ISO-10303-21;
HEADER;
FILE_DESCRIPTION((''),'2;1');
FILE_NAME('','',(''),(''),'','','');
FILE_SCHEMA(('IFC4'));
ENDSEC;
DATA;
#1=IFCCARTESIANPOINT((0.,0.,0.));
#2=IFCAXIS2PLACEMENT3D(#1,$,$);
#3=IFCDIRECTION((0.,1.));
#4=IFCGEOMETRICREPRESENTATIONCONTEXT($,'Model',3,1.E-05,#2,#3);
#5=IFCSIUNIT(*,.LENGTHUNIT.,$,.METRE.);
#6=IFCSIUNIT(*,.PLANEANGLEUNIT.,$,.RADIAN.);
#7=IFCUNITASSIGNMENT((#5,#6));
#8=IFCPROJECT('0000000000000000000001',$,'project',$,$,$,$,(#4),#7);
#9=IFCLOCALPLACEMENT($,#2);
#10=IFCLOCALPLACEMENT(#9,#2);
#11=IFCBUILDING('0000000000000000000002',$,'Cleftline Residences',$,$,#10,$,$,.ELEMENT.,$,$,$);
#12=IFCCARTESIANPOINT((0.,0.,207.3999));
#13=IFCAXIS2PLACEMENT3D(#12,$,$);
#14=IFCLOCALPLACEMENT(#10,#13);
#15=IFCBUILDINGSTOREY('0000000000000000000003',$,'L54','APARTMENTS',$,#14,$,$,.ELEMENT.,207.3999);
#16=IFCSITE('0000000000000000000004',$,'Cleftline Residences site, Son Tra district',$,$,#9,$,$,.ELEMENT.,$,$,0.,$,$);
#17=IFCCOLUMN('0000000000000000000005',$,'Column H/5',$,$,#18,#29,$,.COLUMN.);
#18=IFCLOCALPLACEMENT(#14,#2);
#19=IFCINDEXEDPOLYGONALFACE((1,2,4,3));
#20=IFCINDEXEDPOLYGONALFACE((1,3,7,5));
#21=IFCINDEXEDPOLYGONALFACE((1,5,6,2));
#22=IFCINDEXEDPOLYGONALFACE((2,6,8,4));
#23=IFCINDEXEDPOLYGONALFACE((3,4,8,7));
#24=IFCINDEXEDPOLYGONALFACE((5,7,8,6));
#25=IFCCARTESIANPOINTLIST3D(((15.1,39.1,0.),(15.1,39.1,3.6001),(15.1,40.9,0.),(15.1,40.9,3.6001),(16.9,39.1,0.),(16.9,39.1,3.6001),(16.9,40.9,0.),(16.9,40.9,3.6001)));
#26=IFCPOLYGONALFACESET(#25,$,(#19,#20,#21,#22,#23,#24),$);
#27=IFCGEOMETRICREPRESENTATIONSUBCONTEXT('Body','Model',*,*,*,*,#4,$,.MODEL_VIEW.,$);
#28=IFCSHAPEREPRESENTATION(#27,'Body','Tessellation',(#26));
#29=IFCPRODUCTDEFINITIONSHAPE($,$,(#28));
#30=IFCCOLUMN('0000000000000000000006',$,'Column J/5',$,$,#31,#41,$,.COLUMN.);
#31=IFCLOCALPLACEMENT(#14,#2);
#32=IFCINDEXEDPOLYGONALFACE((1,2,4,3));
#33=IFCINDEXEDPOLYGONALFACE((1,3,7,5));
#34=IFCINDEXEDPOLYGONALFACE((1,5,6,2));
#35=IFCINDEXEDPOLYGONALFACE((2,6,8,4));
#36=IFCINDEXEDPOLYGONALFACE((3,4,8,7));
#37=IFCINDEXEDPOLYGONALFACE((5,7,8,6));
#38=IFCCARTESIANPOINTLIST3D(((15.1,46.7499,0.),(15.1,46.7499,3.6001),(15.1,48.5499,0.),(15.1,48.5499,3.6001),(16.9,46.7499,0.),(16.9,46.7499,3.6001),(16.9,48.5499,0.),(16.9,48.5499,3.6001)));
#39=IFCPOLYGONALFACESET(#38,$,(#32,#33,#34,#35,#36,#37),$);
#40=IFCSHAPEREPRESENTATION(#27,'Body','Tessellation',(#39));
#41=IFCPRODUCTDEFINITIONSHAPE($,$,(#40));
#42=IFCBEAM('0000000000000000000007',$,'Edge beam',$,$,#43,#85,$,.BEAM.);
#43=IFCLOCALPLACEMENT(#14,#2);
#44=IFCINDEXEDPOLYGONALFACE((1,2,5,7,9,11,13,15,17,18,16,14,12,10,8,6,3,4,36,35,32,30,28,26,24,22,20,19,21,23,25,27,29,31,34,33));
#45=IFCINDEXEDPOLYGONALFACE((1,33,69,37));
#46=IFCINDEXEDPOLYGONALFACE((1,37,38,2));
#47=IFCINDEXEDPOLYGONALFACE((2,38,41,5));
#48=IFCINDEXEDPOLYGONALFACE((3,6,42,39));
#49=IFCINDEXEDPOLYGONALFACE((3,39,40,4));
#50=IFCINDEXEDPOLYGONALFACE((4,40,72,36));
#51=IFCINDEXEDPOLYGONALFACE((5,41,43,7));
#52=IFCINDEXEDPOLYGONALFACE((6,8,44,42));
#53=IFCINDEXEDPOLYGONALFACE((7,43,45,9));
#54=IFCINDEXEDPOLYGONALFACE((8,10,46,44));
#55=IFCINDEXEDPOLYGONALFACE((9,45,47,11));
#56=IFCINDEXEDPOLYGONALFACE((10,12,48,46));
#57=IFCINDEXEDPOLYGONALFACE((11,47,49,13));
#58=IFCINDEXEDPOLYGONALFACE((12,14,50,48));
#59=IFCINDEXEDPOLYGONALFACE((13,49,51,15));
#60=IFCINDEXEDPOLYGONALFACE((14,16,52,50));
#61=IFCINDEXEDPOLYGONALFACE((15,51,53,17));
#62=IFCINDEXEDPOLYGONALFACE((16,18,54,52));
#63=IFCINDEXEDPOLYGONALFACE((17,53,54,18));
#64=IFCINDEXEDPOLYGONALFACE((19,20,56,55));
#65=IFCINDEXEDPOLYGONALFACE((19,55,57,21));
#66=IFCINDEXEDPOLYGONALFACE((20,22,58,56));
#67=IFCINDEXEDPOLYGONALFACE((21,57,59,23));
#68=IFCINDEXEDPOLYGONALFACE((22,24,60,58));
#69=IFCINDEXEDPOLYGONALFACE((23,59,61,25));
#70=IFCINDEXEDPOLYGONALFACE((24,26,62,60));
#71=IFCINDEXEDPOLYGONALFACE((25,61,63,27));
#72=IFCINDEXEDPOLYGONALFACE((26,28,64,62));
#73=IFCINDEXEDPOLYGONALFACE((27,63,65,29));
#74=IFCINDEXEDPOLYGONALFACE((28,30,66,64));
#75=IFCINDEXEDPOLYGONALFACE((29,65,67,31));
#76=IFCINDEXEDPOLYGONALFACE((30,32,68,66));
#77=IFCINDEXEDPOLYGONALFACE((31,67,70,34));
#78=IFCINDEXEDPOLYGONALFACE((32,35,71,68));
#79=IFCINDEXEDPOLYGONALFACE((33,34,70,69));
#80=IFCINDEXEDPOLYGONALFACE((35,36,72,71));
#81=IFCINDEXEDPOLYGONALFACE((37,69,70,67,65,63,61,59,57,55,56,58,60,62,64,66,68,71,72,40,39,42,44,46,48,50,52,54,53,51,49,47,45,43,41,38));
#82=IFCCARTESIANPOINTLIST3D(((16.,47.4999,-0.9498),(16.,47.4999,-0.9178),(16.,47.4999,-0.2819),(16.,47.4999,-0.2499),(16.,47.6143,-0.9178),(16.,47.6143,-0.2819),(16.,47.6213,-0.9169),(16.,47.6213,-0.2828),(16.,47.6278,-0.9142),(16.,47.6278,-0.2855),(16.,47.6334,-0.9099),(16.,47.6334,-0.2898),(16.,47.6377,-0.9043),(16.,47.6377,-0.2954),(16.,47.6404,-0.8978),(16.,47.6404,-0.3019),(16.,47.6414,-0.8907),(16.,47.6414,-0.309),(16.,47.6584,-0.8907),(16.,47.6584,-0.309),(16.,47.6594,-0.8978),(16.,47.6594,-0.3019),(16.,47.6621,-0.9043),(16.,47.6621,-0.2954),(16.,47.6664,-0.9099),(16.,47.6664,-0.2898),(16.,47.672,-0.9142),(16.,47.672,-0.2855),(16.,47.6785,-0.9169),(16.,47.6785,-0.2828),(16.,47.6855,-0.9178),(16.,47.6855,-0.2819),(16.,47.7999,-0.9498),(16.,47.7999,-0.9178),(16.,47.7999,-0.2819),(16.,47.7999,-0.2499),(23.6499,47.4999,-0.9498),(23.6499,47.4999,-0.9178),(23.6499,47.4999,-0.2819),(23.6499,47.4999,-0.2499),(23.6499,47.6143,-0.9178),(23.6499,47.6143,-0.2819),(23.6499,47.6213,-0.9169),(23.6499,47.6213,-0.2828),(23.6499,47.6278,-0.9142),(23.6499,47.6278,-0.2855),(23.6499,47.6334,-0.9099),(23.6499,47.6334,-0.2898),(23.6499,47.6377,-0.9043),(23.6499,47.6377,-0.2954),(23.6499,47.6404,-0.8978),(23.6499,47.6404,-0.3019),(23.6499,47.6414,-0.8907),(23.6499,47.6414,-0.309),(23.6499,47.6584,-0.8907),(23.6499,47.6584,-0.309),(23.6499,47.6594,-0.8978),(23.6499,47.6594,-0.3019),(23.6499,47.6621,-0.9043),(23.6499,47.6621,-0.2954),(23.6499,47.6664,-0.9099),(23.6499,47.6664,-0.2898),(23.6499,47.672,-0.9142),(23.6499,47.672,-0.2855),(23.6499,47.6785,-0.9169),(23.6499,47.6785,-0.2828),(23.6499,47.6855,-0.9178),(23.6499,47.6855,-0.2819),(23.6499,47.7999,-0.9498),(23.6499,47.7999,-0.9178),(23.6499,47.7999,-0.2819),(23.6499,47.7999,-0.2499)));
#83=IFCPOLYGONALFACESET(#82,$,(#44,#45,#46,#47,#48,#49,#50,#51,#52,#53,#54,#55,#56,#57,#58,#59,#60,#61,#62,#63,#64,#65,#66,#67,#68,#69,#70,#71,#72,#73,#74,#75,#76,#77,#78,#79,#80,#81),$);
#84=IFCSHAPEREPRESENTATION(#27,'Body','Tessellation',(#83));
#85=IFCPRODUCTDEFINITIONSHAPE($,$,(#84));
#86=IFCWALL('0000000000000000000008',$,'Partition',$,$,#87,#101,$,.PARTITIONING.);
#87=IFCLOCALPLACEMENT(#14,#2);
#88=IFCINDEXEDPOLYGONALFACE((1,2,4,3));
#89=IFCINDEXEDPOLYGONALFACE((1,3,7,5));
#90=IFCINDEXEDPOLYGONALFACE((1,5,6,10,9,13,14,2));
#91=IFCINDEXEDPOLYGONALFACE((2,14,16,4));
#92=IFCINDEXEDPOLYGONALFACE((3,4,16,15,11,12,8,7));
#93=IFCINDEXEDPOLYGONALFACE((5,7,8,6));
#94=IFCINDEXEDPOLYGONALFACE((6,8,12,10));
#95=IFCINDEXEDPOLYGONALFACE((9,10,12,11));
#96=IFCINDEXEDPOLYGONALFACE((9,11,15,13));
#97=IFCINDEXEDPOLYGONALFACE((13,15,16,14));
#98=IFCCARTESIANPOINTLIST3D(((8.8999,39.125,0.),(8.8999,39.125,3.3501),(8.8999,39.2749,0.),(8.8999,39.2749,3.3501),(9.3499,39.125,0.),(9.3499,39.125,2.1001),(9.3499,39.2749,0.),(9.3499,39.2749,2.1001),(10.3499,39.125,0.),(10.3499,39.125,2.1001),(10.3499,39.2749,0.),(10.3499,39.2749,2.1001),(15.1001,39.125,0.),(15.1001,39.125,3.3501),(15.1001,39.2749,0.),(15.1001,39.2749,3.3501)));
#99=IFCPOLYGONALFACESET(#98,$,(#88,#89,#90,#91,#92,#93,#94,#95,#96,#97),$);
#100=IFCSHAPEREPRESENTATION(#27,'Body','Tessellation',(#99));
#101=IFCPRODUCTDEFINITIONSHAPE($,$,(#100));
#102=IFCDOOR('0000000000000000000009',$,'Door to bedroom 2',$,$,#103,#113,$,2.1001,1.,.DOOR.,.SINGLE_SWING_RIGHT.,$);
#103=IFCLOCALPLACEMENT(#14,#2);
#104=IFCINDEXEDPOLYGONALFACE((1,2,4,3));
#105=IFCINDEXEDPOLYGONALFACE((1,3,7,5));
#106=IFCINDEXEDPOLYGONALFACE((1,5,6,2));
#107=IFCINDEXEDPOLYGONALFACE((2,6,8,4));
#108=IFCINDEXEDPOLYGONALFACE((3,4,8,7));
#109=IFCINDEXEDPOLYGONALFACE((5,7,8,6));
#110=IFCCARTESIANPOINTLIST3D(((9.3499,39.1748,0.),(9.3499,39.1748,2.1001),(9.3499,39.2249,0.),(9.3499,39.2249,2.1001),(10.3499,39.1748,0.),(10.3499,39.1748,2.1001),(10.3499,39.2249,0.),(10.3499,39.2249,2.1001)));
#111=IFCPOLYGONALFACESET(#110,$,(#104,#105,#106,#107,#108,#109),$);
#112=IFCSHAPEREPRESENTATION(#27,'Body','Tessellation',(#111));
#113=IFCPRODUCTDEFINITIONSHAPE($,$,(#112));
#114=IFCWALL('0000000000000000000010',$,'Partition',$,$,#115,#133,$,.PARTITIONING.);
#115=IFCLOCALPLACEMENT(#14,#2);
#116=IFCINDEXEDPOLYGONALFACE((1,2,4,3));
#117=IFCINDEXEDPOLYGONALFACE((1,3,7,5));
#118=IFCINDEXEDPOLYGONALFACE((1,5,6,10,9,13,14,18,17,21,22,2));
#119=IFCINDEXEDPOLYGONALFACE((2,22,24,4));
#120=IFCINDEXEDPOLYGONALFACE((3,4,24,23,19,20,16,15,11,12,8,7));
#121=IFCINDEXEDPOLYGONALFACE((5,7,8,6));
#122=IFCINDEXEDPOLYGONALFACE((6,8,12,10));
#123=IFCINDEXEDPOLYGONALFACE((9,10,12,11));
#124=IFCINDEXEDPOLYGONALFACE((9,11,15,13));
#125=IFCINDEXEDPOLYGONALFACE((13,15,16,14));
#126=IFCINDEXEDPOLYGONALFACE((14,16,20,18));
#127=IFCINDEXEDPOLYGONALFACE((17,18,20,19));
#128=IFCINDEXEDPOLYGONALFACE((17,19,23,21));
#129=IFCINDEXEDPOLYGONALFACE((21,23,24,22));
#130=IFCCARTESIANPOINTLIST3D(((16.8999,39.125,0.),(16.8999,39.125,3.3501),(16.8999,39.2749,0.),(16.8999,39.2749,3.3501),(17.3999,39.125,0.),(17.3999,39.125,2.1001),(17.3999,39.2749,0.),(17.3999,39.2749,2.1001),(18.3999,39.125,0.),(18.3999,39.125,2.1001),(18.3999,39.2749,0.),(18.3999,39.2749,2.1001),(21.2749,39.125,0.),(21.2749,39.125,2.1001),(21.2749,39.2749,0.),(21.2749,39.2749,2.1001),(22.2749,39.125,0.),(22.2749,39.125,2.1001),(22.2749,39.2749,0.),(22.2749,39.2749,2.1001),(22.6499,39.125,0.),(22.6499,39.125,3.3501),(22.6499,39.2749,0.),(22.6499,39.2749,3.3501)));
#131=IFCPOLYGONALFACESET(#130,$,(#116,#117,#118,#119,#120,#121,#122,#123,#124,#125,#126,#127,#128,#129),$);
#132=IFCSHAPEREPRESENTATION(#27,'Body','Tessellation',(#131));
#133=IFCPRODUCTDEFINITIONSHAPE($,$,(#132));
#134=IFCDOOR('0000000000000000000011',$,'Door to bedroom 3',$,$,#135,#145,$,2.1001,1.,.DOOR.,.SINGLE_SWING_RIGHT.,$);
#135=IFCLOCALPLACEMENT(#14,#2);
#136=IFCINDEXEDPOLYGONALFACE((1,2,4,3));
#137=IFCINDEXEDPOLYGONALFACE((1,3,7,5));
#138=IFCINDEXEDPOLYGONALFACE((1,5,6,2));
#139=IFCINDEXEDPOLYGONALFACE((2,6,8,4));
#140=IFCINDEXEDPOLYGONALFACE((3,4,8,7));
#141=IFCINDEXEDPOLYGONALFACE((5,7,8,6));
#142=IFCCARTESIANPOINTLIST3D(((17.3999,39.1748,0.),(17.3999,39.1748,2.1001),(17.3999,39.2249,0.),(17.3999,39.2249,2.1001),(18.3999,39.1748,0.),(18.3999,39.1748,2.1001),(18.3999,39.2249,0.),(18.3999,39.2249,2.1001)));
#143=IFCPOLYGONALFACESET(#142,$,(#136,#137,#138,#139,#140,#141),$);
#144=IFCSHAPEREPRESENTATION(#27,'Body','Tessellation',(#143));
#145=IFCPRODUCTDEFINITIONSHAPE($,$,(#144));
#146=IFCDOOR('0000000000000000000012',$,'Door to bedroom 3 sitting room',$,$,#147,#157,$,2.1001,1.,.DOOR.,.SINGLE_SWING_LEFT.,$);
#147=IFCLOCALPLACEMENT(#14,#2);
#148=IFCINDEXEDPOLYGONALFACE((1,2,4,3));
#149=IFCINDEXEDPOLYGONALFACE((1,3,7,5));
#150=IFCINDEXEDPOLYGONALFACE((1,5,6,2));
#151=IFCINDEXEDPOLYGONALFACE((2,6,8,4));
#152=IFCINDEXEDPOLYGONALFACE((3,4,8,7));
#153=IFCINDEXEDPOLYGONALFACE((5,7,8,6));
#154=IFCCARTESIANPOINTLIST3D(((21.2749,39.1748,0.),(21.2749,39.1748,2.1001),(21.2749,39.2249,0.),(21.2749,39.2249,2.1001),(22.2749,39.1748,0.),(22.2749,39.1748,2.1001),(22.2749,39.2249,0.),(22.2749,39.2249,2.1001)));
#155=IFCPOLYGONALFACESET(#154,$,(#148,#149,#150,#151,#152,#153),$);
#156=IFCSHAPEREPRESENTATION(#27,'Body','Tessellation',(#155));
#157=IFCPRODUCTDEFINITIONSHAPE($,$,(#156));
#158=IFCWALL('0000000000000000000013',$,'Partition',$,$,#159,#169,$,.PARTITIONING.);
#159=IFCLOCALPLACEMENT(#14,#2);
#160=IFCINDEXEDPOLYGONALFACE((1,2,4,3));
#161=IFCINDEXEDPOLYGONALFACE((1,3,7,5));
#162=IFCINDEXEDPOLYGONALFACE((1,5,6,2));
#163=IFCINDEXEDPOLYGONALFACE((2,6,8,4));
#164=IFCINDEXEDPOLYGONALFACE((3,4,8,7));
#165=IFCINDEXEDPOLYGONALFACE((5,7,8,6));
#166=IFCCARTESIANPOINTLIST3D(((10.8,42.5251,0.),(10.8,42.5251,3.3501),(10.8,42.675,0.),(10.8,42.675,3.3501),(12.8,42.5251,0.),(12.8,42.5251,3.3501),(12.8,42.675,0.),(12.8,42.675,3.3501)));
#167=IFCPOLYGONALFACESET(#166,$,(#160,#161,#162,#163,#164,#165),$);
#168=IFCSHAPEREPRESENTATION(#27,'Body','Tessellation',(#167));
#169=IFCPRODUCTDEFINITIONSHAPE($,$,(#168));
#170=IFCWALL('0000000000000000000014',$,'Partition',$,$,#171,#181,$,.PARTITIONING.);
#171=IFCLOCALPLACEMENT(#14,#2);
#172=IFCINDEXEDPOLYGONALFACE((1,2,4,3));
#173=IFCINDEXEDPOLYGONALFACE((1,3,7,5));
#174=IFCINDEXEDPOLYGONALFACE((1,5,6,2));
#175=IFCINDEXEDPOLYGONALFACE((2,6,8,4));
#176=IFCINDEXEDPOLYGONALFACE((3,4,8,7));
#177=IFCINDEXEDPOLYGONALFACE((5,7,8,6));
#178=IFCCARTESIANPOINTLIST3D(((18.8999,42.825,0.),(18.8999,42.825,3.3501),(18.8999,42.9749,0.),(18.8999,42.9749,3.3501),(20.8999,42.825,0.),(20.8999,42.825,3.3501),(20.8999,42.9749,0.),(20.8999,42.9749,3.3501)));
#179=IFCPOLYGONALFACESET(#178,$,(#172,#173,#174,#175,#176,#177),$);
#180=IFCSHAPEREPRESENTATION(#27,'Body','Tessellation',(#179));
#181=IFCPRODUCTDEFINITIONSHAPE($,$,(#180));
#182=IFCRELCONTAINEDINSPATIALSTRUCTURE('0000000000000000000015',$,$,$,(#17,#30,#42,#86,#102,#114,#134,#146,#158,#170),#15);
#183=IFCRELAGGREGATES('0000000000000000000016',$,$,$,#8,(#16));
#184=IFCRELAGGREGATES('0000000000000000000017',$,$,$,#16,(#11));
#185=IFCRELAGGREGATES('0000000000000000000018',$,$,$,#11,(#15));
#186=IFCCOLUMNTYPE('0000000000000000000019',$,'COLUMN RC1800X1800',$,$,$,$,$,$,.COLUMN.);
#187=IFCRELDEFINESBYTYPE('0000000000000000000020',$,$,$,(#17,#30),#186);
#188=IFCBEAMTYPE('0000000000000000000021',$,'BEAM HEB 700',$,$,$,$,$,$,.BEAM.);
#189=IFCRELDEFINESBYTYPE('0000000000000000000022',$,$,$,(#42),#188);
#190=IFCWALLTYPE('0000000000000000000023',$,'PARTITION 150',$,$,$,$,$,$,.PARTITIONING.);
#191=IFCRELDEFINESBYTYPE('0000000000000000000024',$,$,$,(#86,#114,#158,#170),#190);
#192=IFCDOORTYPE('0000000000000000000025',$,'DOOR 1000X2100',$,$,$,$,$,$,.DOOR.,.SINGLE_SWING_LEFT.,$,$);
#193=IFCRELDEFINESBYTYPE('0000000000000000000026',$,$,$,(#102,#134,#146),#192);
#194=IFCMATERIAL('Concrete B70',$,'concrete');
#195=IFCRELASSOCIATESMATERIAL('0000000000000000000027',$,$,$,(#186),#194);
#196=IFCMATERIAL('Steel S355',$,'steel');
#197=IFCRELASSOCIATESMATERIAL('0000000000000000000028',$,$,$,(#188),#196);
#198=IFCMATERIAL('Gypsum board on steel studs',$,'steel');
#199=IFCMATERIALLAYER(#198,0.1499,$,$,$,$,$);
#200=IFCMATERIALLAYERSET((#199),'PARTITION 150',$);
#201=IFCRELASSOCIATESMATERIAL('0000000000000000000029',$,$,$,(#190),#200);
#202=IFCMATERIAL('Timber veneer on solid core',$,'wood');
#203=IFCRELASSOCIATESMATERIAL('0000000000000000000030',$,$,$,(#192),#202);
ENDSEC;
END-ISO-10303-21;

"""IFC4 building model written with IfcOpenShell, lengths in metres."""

from ifc_helpers import new_model, si_unit, direction, frame, frame_2d, origin, origin_2d, place, context, subcontext, project, spatial, rectangle, i_section, extrude, material, layer, layer_set, material_profile, profile_set, type_object, element, fill, save


model = new_model("IFC4")

# Units and contexts
model_context = context("Model", 3, precision=1e-05, world=origin(), true_north=direction((0.0, 1.0)))
body_context = subcontext(model_context, "Body", "Model", "MODEL_VIEW")
ifc_project = project(units=[si_unit("LENGTHUNIT", "METRE"), si_unit("PLANEANGLEUNIT", "RADIAN")], contexts=[model_context])

# Site, building, storey
site_placement = place(None, origin())
site = spatial("IfcSite", under=ifc_project, at=site_placement, Name="Cleftline Residences site, Son Tra district", CompositionType="ELEMENT", RefElevation=0.0)
building_placement = place(site_placement, origin())
building = spatial("IfcBuilding", under=site, at=building_placement, Name="Cleftline Residences", CompositionType="ELEMENT")
storey_placement = place(building_placement, frame((0.0, 0.0, 207.3999)))
storey = spatial("IfcBuildingStorey", under=building, at=storey_placement, Name="L54", Description="APARTMENTS", CompositionType="ELEMENT", Elevation=207.3999)

# Columns
ifc_material_1 = material(Name="Concrete B70", Category="concrete")
ifc_material_profile_1 = material_profile(ifc_material_1, rectangle(XDim=1.8, YDim=1.8, at=origin_2d()))
ifc_profile_set_1 = profile_set([ifc_material_profile_1], Name="Concrete B70")
column_type = type_object("IfcColumnType", Name="COLUMN RC1800X1800", PredefinedType="COLUMN", material=ifc_profile_set_1)
for number, where, z_axis, x_axis, name in (
    (1, (16.0, 40.0, 0.0), (0.0, 0.0, 1.0), (1.0, 0.0, 0.0), "Column H/5"),
    (2, (16.0, 47.6499, 0.0), (0.0, 0.0, 1.0), (1.0, 0.0, 0.0), "Column J/5"),
):
    element("IfcColumn", number, at=place(storey_placement, frame(where, z_axis=z_axis, x_axis=x_axis)), inside=storey, type_object=column_type, Name=name, PredefinedType="COLUMN", context=body_context, shape_type="SweptSolid", body=[
        extrude(rectangle(XDim=1.8, YDim=1.8, at=origin_2d()), origin(), (0.0, 0.0, 1.0), 3.6001),
    ])

# Beam
ifc_material_2 = material(Name="Steel S355", Category="steel")
ifc_material_profile_2 = material_profile(ifc_material_2, i_section(OverallWidth=0.3, OverallDepth=0.7, WebThickness=0.0171, FlangeThickness=0.032, FilletRadius=0.0271, at=origin_2d()))
ifc_profile_set_2 = profile_set([ifc_material_profile_2], Name="Steel S355")
beam_type = type_object("IfcBeamType", Name="BEAM HEB 700", PredefinedType="BEAM", material=ifc_profile_set_2)
beam_placement = place(storey_placement, frame((16.0, 47.6499, -0.5999), z_axis=(1.0, 0.0, 0.0), x_axis=(0.0, 1.0, 0.0)))
element("IfcBeam", 3, at=beam_placement, inside=storey, type_object=beam_type, Name="Edge beam", PredefinedType="BEAM", context=body_context, shape_type="SweptSolid", body=[
    extrude(i_section(OverallWidth=0.3, OverallDepth=0.7, WebThickness=0.0171, FlangeThickness=0.032, FilletRadius=0.0271, at=origin_2d()), origin(), (0.0, 0.0, 1.0), 7.6499),
])

# Wall, opening, door
ifc_material_3 = material(Name="Gypsum board on steel studs", Category="steel")
ifc_layer = layer(ifc_material_3, 0.1499)
ifc_layer_set = layer_set([ifc_layer], Name="PARTITION 150")
wall_type = type_object("IfcWallType", Name="PARTITION 150", PredefinedType="PARTITIONING", material=ifc_layer_set)
wall_1_placement = place(storey_placement, frame((8.8999, 39.2, 0.0), z_axis=(0.0, 0.0, 1.0), x_axis=(1.0, 0.0, 0.0)))
wall_1 = element("IfcWall", 4, at=wall_1_placement, inside=storey, type_object=wall_type, Name="Partition", PredefinedType="PARTITIONING", context=body_context, shape_type="SweptSolid", body=[
    extrude(rectangle(XDim=6.2002, YDim=0.1499, at=frame_2d((3.1001, 0.0))), origin(), (0.0, 0.0, 1.0), 3.3501),
])
opening_1_placement = place(wall_1_placement, frame((0.45, 0.0, 0.0)))
opening_1 = element("IfcOpeningElement", 5, at=opening_1_placement, cuts=wall_1, PredefinedType="OPENING", context=body_context, shape_type="SweptSolid", body=[
    extrude(rectangle(XDim=1.0, YDim=2.1001, at=frame_2d((0.5, 1.05))), frame((0.0, 0.085, 0.0), z_axis=(0.0, -1.0, 0.0), x_axis=(1.0, 0.0, 0.0)), (0.0, 0.0, 1.0), 0.1699),
])
ifc_material_4 = material(Name="Timber veneer on solid core", Category="wood")
door_type_1 = type_object("IfcDoorType", Name="DOOR 1000X2100", OperationType="SINGLE_SWING_LEFT", PredefinedType="DOOR", material=ifc_material_4)
door_1_placement = place(opening_1_placement, origin())
door_1 = element("IfcDoor", 6, at=door_1_placement, inside=storey, type_object=door_type_1, Name="Door to bedroom 2", OperationType="SINGLE_SWING_RIGHT", OverallHeight=2.1001, OverallWidth=1.0, PredefinedType="DOOR", context=body_context, shape_type="SweptSolid", body=[
    extrude(rectangle(XDim=1.0, YDim=2.1001, at=frame_2d((0.5, 1.05))), frame((0.0, 0.0249, 0.0), z_axis=(0.0, -1.0, 0.0), x_axis=(1.0, 0.0, 0.0)), (0.0, 0.0, 1.0), 0.05),
])
fill(opening_1, door_1)

# Wall, openings, doors
wall_2_placement = place(storey_placement, frame((16.8999, 39.2, 0.0), z_axis=(0.0, 0.0, 1.0), x_axis=(1.0, 0.0, 0.0)))
wall_2 = element("IfcWall", 7, at=wall_2_placement, inside=storey, type_object=wall_type, Name="Partition", PredefinedType="PARTITIONING", context=body_context, shape_type="SweptSolid", body=[
    extrude(rectangle(XDim=5.75, YDim=0.1499, at=frame_2d((2.875, 0.0))), origin(), (0.0, 0.0, 1.0), 3.3501),
])
opening_2_placement = place(wall_2_placement, frame((0.5, 0.0, 0.0)))
opening_2 = element("IfcOpeningElement", 8, at=opening_2_placement, cuts=wall_2, PredefinedType="OPENING", context=body_context, shape_type="SweptSolid", body=[
    extrude(rectangle(XDim=1.0, YDim=2.1001, at=frame_2d((0.5, 1.05))), frame((0.0, 0.085, 0.0), z_axis=(0.0, -1.0, 0.0), x_axis=(1.0, 0.0, 0.0)), (0.0, 0.0, 1.0), 0.1699),
])
opening_3_placement = place(wall_2_placement, frame((4.375, 0.0, 0.0)))
opening_3 = element("IfcOpeningElement", 9, at=opening_3_placement, cuts=wall_2, PredefinedType="OPENING", context=body_context, shape_type="SweptSolid", body=[
    extrude(rectangle(XDim=1.0, YDim=2.1001, at=frame_2d((0.5, 1.05))), frame((0.0, 0.085, 0.0), z_axis=(0.0, -1.0, 0.0), x_axis=(1.0, 0.0, 0.0)), (0.0, 0.0, 1.0), 0.1699),
])
door_2_placement = place(opening_2_placement, origin())
door_2 = element("IfcDoor", 10, at=door_2_placement, inside=storey, type_object=door_type_1, Name="Door to bedroom 3", OperationType="SINGLE_SWING_RIGHT", OverallHeight=2.1001, OverallWidth=1.0, PredefinedType="DOOR", context=body_context, shape_type="SweptSolid", body=[
    extrude(rectangle(XDim=1.0, YDim=2.1001, at=frame_2d((0.5, 1.05))), frame((0.0, 0.0249, 0.0), z_axis=(0.0, -1.0, 0.0), x_axis=(1.0, 0.0, 0.0)), (0.0, 0.0, 1.0), 0.05),
])
fill(opening_2, door_2)
door_3_placement = place(opening_3_placement, origin())
door_3 = element("IfcDoor", 11, at=door_3_placement, inside=storey, type_object=door_type_1, Name="Door to bedroom 3 sitting room", OperationType="SINGLE_SWING_LEFT", OverallHeight=2.1001, OverallWidth=1.0, PredefinedType="DOOR", context=body_context, shape_type="SweptSolid", body=[
    extrude(rectangle(XDim=1.0, YDim=2.1001, at=frame_2d((0.5, 1.05))), frame((0.0, 0.0249, 0.0), z_axis=(0.0, -1.0, 0.0), x_axis=(1.0, 0.0, 0.0)), (0.0, 0.0, 1.0), 0.05),
])
fill(opening_3, door_3)

# Walls
for number, where, z_axis, x_axis, name in (
    (12, (10.8, 42.6001, 0.0), (0.0, 0.0, 1.0), (1.0, 0.0, 0.0), "Partition"),
    (13, (18.8999, 42.8999, 0.0), (0.0, 0.0, 1.0), (1.0, 0.0, 0.0), "Partition"),
):
    element("IfcWall", number, at=place(storey_placement, frame(where, z_axis=z_axis, x_axis=x_axis)), inside=storey, type_object=wall_type, Name=name, PredefinedType="PARTITIONING", context=body_context, shape_type="SweptSolid", body=[
        extrude(rectangle(XDim=2.0, YDim=0.1499, at=frame_2d((1.0, 0.0))), origin(), (0.0, 0.0, 1.0), 3.3501),
    ])

save(model, "model.ifc")
